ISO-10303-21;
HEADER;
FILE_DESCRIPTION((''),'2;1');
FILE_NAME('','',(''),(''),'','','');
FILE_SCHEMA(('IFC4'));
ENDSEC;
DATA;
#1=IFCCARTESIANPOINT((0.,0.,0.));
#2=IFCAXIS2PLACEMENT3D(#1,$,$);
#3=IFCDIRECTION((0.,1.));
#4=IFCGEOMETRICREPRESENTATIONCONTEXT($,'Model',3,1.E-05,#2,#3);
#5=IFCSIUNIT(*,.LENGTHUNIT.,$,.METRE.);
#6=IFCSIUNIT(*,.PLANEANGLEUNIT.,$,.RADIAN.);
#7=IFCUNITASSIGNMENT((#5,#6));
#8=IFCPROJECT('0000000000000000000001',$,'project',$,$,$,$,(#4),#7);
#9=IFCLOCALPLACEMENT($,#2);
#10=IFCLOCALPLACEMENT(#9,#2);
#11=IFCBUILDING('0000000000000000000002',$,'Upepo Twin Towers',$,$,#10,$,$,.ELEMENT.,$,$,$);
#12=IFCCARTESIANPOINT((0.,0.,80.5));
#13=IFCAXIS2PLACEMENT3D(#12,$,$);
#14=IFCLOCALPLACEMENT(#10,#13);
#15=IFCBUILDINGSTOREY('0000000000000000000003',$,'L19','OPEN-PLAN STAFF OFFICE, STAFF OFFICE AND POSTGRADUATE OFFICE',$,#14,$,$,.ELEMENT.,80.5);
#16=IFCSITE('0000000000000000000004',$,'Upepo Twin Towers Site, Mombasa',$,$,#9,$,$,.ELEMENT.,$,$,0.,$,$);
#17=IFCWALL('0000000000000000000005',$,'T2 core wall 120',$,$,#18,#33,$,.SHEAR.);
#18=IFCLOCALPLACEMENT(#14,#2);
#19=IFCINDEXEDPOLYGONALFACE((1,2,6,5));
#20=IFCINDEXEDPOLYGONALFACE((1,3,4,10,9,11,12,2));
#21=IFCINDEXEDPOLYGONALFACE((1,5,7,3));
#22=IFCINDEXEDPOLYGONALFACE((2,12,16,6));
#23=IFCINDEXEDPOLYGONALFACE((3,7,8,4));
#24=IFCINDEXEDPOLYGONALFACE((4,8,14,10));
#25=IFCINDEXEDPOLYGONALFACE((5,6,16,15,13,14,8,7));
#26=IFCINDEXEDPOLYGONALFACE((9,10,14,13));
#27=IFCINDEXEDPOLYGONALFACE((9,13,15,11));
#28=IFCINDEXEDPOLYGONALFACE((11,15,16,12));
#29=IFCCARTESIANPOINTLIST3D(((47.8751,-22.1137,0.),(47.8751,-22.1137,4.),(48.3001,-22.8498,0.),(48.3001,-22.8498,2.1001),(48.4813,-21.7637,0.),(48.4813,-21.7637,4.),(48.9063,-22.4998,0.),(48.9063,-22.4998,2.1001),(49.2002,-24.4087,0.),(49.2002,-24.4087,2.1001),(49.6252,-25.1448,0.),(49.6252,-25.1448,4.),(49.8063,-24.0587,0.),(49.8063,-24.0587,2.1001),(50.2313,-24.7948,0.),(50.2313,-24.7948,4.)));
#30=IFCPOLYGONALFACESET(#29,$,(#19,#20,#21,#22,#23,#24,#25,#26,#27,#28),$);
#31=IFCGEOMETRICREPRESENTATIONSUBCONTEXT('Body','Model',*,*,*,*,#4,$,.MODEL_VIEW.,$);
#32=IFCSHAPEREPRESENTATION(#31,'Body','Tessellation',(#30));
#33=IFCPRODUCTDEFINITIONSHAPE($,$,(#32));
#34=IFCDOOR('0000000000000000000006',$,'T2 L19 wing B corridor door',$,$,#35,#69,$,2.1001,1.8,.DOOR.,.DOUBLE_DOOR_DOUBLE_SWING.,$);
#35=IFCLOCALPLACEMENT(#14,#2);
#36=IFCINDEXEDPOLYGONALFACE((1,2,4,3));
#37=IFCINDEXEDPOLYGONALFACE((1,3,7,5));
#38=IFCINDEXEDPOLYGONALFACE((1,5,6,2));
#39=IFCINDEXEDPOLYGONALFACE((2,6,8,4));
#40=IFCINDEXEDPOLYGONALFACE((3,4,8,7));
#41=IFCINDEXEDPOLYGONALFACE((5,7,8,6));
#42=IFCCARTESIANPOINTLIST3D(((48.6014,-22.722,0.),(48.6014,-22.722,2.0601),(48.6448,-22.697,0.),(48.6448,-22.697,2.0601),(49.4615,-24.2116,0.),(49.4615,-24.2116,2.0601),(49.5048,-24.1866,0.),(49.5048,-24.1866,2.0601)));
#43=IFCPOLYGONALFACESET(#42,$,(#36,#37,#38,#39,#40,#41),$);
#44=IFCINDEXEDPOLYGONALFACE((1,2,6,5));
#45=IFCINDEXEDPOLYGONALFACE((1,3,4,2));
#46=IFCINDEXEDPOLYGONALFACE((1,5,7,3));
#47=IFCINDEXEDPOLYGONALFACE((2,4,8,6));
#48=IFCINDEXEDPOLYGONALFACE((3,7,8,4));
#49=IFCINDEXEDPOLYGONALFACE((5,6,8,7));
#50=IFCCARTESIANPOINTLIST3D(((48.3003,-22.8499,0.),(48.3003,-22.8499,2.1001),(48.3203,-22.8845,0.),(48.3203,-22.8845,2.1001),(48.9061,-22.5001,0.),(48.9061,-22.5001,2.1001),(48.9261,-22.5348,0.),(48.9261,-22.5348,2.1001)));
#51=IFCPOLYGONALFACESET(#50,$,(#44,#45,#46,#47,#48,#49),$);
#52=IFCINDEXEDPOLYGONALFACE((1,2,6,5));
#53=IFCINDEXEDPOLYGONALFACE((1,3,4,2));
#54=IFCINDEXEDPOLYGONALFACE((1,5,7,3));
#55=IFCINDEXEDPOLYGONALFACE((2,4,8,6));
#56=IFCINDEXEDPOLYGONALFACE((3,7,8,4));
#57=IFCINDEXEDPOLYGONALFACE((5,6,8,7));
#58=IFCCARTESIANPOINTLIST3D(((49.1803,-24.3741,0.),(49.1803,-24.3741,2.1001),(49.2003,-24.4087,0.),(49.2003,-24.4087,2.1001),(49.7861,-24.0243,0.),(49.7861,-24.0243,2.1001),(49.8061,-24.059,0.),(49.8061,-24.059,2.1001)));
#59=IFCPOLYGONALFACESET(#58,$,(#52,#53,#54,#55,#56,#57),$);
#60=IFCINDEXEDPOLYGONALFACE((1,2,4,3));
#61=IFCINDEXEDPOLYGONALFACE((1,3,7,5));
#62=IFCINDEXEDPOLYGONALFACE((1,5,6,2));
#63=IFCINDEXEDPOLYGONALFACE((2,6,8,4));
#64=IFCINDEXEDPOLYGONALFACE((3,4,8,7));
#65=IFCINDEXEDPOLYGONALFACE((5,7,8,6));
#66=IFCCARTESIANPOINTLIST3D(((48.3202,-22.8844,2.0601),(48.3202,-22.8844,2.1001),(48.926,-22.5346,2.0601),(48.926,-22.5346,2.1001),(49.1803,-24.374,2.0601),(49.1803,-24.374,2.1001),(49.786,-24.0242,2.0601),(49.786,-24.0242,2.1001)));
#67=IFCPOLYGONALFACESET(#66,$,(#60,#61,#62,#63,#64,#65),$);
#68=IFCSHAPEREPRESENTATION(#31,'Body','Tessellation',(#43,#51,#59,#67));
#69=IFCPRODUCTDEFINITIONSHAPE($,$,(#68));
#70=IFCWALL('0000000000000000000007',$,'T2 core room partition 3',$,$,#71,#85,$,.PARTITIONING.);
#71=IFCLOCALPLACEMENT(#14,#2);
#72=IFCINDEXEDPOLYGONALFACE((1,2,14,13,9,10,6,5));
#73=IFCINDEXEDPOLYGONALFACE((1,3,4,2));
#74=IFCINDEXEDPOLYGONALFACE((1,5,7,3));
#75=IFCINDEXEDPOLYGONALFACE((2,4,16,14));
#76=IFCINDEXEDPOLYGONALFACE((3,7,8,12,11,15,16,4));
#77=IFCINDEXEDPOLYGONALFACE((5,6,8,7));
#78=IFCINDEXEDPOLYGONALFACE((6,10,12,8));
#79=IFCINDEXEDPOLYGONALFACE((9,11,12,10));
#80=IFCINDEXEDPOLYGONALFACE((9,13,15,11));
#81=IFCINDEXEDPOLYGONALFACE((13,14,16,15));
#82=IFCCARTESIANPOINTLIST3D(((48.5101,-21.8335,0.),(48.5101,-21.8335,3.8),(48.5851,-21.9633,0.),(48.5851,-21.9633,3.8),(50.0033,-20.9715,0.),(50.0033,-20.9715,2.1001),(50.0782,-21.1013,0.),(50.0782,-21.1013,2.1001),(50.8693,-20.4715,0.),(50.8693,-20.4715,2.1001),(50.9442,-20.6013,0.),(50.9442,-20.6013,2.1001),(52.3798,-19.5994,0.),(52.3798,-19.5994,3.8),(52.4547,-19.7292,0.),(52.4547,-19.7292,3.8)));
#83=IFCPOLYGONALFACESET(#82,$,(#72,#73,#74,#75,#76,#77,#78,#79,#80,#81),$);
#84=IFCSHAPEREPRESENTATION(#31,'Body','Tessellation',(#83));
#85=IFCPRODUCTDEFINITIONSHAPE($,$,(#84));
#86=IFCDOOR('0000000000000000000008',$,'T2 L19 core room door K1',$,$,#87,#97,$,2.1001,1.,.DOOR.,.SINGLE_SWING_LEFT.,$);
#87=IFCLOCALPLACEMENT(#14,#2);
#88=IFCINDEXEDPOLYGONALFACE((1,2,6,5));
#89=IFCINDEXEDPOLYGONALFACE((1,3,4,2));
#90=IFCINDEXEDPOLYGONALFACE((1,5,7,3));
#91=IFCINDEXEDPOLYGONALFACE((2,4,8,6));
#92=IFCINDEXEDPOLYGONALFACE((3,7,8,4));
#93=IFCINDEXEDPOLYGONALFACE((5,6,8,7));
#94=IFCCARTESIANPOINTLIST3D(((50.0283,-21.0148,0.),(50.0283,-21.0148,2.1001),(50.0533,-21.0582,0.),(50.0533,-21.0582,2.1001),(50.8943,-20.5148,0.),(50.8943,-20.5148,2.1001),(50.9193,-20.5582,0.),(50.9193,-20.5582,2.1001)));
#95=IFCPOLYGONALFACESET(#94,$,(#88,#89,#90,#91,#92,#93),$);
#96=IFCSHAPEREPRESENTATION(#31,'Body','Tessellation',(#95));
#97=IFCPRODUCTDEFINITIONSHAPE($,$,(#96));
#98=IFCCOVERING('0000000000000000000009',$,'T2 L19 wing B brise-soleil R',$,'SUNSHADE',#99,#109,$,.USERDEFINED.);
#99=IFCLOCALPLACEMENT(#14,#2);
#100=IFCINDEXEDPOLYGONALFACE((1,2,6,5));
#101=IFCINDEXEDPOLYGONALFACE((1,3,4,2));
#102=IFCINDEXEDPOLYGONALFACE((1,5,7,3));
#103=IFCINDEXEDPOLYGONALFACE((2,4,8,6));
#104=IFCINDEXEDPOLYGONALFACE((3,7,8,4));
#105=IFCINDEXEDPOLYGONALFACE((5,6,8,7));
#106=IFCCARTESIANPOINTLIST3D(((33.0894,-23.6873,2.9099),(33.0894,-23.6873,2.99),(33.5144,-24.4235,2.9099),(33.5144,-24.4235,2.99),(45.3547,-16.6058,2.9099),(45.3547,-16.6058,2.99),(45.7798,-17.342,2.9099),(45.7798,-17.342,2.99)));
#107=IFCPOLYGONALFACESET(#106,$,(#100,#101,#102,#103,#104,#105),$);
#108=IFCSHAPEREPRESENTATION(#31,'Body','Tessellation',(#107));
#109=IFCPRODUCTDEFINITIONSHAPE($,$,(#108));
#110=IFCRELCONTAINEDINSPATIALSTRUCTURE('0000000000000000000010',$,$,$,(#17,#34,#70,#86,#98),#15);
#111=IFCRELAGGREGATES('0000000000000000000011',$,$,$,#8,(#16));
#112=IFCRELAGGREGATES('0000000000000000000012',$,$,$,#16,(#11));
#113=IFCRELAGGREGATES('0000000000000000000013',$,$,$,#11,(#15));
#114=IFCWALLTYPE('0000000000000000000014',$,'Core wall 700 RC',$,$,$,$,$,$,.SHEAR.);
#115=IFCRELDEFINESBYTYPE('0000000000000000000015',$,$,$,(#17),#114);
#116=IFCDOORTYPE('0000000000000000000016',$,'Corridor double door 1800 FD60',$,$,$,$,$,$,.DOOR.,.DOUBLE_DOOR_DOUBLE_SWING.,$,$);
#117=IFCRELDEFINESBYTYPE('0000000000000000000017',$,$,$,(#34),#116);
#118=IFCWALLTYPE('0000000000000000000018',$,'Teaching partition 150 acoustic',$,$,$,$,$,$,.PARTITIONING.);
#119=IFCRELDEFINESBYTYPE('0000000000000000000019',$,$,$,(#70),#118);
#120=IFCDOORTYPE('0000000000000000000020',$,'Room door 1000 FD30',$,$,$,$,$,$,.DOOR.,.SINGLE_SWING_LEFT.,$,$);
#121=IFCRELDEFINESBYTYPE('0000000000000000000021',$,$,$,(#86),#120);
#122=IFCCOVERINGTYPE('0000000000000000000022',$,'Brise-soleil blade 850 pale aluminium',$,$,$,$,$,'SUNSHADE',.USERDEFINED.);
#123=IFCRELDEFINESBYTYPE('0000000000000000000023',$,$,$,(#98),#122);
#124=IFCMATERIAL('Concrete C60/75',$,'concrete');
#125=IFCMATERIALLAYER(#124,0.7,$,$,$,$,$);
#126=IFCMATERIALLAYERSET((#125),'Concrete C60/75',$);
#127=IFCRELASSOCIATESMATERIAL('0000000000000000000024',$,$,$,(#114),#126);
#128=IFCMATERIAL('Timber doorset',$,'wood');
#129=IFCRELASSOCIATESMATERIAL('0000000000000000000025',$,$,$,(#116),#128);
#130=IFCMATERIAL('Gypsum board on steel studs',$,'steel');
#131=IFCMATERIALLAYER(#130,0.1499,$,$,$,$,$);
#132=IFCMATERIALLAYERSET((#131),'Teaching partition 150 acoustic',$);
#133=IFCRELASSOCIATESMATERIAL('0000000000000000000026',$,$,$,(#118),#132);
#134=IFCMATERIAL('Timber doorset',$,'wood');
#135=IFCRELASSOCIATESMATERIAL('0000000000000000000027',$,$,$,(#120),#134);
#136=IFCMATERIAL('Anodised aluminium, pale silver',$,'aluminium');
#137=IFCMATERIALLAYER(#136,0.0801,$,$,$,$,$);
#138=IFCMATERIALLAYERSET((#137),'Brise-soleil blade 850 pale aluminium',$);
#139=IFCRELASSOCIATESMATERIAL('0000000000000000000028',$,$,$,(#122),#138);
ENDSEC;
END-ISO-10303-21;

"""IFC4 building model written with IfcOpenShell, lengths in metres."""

from ifc_helpers import new_model, si_unit, direction, frame, frame_2d, origin, origin_2d, place, context, subcontext, project, spatial, rectangle, extrude, material, layer, layer_set, type_object, element, fill, save


model = new_model("IFC4")

# Units and contexts
model_context = context("Model", 3, precision=1e-05, world=origin(), true_north=direction((0.0, 1.0)))
body_context = subcontext(model_context, "Body", "Model", "MODEL_VIEW")
ifc_project = project(units=[si_unit("LENGTHUNIT", "METRE"), si_unit("PLANEANGLEUNIT", "RADIAN")], contexts=[model_context])

# Site, building, storey
site_placement = place(None, origin())
site = spatial("IfcSite", under=ifc_project, at=site_placement, Name="Upepo Twin Towers Site, Mombasa", CompositionType="ELEMENT", RefElevation=0.0)
building_placement = place(site_placement, origin())
building = spatial("IfcBuilding", under=site, at=building_placement, Name="Upepo Twin Towers", CompositionType="ELEMENT")
storey_placement = place(building_placement, frame((0.0, 0.0, 80.5)))
storey = spatial("IfcBuildingStorey", under=building, at=storey_placement, Name="L19", Description="OPEN-PLAN STAFF OFFICE, STAFF OFFICE AND POSTGRADUATE OFFICE", CompositionType="ELEMENT", Elevation=80.5)

# Shared definitions
ifc_material_1 = material(Name="Concrete C60/75", Category="concrete")
ifc_layer_1 = layer(ifc_material_1, 0.7)
ifc_layer_set_1 = layer_set([ifc_layer_1], Name="Concrete C60/75")
wall_type_1 = type_object("IfcWallType", Name="Core wall 700 RC", PredefinedType="SHEAR", material=ifc_layer_set_1)

# Walls, openings, doors
wall_1_placement = place(storey_placement, frame((48.1782, -21.9387, 0.0), z_axis=(0.0, 0.0, 1.0), x_axis=(0.50001, -0.866019, 0.0)))
wall_1 = element("IfcWall", 1, at=wall_1_placement, inside=storey, type_object=wall_type_1, Name="T2 core wall 120", PredefinedType="SHEAR", context=body_context, shape_type="SweptSolid", body=[
    extrude(rectangle(XDim=3.5, YDim=0.7, at=frame_2d((1.75, 0.0))), origin(), (0.0, 0.0, 1.0), 4.0),
])
opening_1_placement = place(wall_1_placement, frame((0.8501, 0.0, 0.0)))
opening_1 = element("IfcOpeningElement", 2, at=opening_1_placement, cuts=wall_1, PredefinedType="OPENING", context=body_context, shape_type="SweptSolid", body=[
    extrude(rectangle(XDim=1.8, YDim=2.1001, at=frame_2d((0.8999, 1.05))), frame((0.0, 0.3599, 0.0), z_axis=(0.0, -1.0, 0.0), x_axis=(1.0, 0.0, 0.0)), (0.0, 0.0, 1.0), 0.72),
])
ifc_material_2 = material(Name="Timber doorset", Category="wood")
door_type_1 = type_object("IfcDoorType", Name="Corridor double door 1800 FD60", OperationType="DOUBLE_DOOR_DOUBLE_SWING", PredefinedType="DOOR", material=ifc_material_2)
door_1_placement = place(opening_1_placement, origin())
door_1 = element("IfcDoor", 3, at=door_1_placement, inside=storey, type_object=door_type_1, Name="T2 L19 wing B corridor door", OperationType="DOUBLE_DOOR_DOUBLE_SWING", OverallHeight=2.1001, OverallWidth=1.8, PredefinedType="DOOR", context=body_context, shape_type="SweptSolid", body=[
    extrude(rectangle(XDim=1.72, YDim=2.0601, at=frame_2d((0.8999, 1.03))), frame((0.0, 0.0249, 0.0), z_axis=(0.0, -1.0, 0.0), x_axis=(1.0, 0.0, 0.0)), (0.0, 0.0, 1.0), 0.05),
    extrude(rectangle(XDim=0.04, YDim=2.1001, at=frame_2d((0.02, 1.05))), frame((0.0, 0.3496, 0.0), z_axis=(0.0, -1.0, 0.0), x_axis=(1.0, 0.0, 0.0)), (0.0, 0.0, 1.0), 0.6995),
    extrude(rectangle(XDim=0.04, YDim=2.1001, at=frame_2d((1.78, 1.05))), frame((0.0, 0.3496, 0.0), z_axis=(0.0, -1.0, 0.0), x_axis=(1.0, 0.0, 0.0)), (0.0, 0.0, 1.0), 0.6995),
    extrude(rectangle(XDim=1.72, YDim=0.04, at=frame_2d((0.8999, 2.0801))), frame((0.0, 0.3496, 0.0), z_axis=(0.0, -1.0, 0.0), x_axis=(1.0, 0.0, 0.0)), (0.0, 0.0, 1.0), 0.6995),
])
fill(opening_1, door_1)
ifc_material_3 = material(Name="Gypsum board on steel studs", Category="steel")
ifc_layer_2 = layer(ifc_material_3, 0.1499)
ifc_layer_set_2 = layer_set([ifc_layer_2], Name="Teaching partition 150 acoustic")
wall_type_2 = type_object("IfcWallType", Name="Teaching partition 150 acoustic", PredefinedType="PARTITIONING", material=ifc_layer_set_2)
wall_2_placement = place(storey_placement, frame((48.5476, -21.8984, 0.0), z_axis=(0.0, 0.0, 1.0), x_axis=(0.866025, 0.5, 0.0)))
wall_2 = element("IfcWall", 4, at=wall_2_placement, inside=storey, type_object=wall_type_2, Name="T2 core room partition 3", PredefinedType="PARTITIONING", context=body_context, shape_type="SweptSolid", body=[
    extrude(rectangle(XDim=4.4683, YDim=0.1499, at=frame_2d((2.2341, 0.0))), origin(), (0.0, 0.0, 1.0), 3.8),
])
opening_2_placement = place(wall_2_placement, frame((1.7241, 0.0, 0.0)))
opening_2 = element("IfcOpeningElement", 5, at=opening_2_placement, cuts=wall_2, PredefinedType="OPENING", context=body_context, shape_type="SweptSolid", body=[
    extrude(rectangle(XDim=1.0, YDim=2.1001, at=frame_2d((0.5, 1.05))), frame((0.0, 0.085, 0.0), z_axis=(0.0, -1.0, 0.0), x_axis=(1.0, 0.0, 0.0)), (0.0, 0.0, 1.0), 0.1699),
])
ifc_material_4 = material(Name="Timber doorset", Category="wood")
door_type_2 = type_object("IfcDoorType", Name="Room door 1000 FD30", OperationType="SINGLE_SWING_LEFT", PredefinedType="DOOR", material=ifc_material_4)
door_2_placement = place(opening_2_placement, origin())
door_2 = element("IfcDoor", 6, at=door_2_placement, inside=storey, type_object=door_type_2, Name="T2 L19 core room door K1", OperationType="SINGLE_SWING_LEFT", OverallHeight=2.1001, OverallWidth=1.0, PredefinedType="DOOR", context=body_context, shape_type="SweptSolid", body=[
    extrude(rectangle(XDim=1.0, YDim=2.1001, at=frame_2d((0.5, 1.05))), frame((0.0, 0.0249, 0.0), z_axis=(0.0, -1.0, 0.0), x_axis=(1.0, 0.0, 0.0)), (0.0, 0.0, 1.0), 0.05),
])
fill(opening_2, door_2)

# Covering
ifc_material_5 = material(Name="Anodised aluminium, pale silver", Category="aluminium")
ifc_layer_3 = layer(ifc_material_5, 0.0801)
ifc_layer_set_3 = layer_set([ifc_layer_3], Name="Brise-soleil blade 850 pale aluminium")
covering_type = type_object("IfcCoveringType", Name="Brise-soleil blade 850 pale aluminium", ElementType="SUNSHADE", PredefinedType="USERDEFINED", material=ifc_layer_set_3)
covering_placement = place(storey_placement, frame((39.4346, -20.5146, 2.9099), z_axis=(0.0, 0.0, 1.0), x_axis=(-0.866025, -0.5, 0.0)))
element("IfcCovering", 7, at=covering_placement, inside=storey, type_object=covering_type, Name="T2 L19 wing B brise-soleil R", ObjectType="SUNSHADE", PredefinedType="USERDEFINED", context=body_context, shape_type="SweptSolid", body=[
    extrude(rectangle(XDim=14.1628, YDim=0.8501, at=origin_2d()), origin(), (0.0, 0.0, 1.0), 0.0801),
])

save(model, "model.ifc")
